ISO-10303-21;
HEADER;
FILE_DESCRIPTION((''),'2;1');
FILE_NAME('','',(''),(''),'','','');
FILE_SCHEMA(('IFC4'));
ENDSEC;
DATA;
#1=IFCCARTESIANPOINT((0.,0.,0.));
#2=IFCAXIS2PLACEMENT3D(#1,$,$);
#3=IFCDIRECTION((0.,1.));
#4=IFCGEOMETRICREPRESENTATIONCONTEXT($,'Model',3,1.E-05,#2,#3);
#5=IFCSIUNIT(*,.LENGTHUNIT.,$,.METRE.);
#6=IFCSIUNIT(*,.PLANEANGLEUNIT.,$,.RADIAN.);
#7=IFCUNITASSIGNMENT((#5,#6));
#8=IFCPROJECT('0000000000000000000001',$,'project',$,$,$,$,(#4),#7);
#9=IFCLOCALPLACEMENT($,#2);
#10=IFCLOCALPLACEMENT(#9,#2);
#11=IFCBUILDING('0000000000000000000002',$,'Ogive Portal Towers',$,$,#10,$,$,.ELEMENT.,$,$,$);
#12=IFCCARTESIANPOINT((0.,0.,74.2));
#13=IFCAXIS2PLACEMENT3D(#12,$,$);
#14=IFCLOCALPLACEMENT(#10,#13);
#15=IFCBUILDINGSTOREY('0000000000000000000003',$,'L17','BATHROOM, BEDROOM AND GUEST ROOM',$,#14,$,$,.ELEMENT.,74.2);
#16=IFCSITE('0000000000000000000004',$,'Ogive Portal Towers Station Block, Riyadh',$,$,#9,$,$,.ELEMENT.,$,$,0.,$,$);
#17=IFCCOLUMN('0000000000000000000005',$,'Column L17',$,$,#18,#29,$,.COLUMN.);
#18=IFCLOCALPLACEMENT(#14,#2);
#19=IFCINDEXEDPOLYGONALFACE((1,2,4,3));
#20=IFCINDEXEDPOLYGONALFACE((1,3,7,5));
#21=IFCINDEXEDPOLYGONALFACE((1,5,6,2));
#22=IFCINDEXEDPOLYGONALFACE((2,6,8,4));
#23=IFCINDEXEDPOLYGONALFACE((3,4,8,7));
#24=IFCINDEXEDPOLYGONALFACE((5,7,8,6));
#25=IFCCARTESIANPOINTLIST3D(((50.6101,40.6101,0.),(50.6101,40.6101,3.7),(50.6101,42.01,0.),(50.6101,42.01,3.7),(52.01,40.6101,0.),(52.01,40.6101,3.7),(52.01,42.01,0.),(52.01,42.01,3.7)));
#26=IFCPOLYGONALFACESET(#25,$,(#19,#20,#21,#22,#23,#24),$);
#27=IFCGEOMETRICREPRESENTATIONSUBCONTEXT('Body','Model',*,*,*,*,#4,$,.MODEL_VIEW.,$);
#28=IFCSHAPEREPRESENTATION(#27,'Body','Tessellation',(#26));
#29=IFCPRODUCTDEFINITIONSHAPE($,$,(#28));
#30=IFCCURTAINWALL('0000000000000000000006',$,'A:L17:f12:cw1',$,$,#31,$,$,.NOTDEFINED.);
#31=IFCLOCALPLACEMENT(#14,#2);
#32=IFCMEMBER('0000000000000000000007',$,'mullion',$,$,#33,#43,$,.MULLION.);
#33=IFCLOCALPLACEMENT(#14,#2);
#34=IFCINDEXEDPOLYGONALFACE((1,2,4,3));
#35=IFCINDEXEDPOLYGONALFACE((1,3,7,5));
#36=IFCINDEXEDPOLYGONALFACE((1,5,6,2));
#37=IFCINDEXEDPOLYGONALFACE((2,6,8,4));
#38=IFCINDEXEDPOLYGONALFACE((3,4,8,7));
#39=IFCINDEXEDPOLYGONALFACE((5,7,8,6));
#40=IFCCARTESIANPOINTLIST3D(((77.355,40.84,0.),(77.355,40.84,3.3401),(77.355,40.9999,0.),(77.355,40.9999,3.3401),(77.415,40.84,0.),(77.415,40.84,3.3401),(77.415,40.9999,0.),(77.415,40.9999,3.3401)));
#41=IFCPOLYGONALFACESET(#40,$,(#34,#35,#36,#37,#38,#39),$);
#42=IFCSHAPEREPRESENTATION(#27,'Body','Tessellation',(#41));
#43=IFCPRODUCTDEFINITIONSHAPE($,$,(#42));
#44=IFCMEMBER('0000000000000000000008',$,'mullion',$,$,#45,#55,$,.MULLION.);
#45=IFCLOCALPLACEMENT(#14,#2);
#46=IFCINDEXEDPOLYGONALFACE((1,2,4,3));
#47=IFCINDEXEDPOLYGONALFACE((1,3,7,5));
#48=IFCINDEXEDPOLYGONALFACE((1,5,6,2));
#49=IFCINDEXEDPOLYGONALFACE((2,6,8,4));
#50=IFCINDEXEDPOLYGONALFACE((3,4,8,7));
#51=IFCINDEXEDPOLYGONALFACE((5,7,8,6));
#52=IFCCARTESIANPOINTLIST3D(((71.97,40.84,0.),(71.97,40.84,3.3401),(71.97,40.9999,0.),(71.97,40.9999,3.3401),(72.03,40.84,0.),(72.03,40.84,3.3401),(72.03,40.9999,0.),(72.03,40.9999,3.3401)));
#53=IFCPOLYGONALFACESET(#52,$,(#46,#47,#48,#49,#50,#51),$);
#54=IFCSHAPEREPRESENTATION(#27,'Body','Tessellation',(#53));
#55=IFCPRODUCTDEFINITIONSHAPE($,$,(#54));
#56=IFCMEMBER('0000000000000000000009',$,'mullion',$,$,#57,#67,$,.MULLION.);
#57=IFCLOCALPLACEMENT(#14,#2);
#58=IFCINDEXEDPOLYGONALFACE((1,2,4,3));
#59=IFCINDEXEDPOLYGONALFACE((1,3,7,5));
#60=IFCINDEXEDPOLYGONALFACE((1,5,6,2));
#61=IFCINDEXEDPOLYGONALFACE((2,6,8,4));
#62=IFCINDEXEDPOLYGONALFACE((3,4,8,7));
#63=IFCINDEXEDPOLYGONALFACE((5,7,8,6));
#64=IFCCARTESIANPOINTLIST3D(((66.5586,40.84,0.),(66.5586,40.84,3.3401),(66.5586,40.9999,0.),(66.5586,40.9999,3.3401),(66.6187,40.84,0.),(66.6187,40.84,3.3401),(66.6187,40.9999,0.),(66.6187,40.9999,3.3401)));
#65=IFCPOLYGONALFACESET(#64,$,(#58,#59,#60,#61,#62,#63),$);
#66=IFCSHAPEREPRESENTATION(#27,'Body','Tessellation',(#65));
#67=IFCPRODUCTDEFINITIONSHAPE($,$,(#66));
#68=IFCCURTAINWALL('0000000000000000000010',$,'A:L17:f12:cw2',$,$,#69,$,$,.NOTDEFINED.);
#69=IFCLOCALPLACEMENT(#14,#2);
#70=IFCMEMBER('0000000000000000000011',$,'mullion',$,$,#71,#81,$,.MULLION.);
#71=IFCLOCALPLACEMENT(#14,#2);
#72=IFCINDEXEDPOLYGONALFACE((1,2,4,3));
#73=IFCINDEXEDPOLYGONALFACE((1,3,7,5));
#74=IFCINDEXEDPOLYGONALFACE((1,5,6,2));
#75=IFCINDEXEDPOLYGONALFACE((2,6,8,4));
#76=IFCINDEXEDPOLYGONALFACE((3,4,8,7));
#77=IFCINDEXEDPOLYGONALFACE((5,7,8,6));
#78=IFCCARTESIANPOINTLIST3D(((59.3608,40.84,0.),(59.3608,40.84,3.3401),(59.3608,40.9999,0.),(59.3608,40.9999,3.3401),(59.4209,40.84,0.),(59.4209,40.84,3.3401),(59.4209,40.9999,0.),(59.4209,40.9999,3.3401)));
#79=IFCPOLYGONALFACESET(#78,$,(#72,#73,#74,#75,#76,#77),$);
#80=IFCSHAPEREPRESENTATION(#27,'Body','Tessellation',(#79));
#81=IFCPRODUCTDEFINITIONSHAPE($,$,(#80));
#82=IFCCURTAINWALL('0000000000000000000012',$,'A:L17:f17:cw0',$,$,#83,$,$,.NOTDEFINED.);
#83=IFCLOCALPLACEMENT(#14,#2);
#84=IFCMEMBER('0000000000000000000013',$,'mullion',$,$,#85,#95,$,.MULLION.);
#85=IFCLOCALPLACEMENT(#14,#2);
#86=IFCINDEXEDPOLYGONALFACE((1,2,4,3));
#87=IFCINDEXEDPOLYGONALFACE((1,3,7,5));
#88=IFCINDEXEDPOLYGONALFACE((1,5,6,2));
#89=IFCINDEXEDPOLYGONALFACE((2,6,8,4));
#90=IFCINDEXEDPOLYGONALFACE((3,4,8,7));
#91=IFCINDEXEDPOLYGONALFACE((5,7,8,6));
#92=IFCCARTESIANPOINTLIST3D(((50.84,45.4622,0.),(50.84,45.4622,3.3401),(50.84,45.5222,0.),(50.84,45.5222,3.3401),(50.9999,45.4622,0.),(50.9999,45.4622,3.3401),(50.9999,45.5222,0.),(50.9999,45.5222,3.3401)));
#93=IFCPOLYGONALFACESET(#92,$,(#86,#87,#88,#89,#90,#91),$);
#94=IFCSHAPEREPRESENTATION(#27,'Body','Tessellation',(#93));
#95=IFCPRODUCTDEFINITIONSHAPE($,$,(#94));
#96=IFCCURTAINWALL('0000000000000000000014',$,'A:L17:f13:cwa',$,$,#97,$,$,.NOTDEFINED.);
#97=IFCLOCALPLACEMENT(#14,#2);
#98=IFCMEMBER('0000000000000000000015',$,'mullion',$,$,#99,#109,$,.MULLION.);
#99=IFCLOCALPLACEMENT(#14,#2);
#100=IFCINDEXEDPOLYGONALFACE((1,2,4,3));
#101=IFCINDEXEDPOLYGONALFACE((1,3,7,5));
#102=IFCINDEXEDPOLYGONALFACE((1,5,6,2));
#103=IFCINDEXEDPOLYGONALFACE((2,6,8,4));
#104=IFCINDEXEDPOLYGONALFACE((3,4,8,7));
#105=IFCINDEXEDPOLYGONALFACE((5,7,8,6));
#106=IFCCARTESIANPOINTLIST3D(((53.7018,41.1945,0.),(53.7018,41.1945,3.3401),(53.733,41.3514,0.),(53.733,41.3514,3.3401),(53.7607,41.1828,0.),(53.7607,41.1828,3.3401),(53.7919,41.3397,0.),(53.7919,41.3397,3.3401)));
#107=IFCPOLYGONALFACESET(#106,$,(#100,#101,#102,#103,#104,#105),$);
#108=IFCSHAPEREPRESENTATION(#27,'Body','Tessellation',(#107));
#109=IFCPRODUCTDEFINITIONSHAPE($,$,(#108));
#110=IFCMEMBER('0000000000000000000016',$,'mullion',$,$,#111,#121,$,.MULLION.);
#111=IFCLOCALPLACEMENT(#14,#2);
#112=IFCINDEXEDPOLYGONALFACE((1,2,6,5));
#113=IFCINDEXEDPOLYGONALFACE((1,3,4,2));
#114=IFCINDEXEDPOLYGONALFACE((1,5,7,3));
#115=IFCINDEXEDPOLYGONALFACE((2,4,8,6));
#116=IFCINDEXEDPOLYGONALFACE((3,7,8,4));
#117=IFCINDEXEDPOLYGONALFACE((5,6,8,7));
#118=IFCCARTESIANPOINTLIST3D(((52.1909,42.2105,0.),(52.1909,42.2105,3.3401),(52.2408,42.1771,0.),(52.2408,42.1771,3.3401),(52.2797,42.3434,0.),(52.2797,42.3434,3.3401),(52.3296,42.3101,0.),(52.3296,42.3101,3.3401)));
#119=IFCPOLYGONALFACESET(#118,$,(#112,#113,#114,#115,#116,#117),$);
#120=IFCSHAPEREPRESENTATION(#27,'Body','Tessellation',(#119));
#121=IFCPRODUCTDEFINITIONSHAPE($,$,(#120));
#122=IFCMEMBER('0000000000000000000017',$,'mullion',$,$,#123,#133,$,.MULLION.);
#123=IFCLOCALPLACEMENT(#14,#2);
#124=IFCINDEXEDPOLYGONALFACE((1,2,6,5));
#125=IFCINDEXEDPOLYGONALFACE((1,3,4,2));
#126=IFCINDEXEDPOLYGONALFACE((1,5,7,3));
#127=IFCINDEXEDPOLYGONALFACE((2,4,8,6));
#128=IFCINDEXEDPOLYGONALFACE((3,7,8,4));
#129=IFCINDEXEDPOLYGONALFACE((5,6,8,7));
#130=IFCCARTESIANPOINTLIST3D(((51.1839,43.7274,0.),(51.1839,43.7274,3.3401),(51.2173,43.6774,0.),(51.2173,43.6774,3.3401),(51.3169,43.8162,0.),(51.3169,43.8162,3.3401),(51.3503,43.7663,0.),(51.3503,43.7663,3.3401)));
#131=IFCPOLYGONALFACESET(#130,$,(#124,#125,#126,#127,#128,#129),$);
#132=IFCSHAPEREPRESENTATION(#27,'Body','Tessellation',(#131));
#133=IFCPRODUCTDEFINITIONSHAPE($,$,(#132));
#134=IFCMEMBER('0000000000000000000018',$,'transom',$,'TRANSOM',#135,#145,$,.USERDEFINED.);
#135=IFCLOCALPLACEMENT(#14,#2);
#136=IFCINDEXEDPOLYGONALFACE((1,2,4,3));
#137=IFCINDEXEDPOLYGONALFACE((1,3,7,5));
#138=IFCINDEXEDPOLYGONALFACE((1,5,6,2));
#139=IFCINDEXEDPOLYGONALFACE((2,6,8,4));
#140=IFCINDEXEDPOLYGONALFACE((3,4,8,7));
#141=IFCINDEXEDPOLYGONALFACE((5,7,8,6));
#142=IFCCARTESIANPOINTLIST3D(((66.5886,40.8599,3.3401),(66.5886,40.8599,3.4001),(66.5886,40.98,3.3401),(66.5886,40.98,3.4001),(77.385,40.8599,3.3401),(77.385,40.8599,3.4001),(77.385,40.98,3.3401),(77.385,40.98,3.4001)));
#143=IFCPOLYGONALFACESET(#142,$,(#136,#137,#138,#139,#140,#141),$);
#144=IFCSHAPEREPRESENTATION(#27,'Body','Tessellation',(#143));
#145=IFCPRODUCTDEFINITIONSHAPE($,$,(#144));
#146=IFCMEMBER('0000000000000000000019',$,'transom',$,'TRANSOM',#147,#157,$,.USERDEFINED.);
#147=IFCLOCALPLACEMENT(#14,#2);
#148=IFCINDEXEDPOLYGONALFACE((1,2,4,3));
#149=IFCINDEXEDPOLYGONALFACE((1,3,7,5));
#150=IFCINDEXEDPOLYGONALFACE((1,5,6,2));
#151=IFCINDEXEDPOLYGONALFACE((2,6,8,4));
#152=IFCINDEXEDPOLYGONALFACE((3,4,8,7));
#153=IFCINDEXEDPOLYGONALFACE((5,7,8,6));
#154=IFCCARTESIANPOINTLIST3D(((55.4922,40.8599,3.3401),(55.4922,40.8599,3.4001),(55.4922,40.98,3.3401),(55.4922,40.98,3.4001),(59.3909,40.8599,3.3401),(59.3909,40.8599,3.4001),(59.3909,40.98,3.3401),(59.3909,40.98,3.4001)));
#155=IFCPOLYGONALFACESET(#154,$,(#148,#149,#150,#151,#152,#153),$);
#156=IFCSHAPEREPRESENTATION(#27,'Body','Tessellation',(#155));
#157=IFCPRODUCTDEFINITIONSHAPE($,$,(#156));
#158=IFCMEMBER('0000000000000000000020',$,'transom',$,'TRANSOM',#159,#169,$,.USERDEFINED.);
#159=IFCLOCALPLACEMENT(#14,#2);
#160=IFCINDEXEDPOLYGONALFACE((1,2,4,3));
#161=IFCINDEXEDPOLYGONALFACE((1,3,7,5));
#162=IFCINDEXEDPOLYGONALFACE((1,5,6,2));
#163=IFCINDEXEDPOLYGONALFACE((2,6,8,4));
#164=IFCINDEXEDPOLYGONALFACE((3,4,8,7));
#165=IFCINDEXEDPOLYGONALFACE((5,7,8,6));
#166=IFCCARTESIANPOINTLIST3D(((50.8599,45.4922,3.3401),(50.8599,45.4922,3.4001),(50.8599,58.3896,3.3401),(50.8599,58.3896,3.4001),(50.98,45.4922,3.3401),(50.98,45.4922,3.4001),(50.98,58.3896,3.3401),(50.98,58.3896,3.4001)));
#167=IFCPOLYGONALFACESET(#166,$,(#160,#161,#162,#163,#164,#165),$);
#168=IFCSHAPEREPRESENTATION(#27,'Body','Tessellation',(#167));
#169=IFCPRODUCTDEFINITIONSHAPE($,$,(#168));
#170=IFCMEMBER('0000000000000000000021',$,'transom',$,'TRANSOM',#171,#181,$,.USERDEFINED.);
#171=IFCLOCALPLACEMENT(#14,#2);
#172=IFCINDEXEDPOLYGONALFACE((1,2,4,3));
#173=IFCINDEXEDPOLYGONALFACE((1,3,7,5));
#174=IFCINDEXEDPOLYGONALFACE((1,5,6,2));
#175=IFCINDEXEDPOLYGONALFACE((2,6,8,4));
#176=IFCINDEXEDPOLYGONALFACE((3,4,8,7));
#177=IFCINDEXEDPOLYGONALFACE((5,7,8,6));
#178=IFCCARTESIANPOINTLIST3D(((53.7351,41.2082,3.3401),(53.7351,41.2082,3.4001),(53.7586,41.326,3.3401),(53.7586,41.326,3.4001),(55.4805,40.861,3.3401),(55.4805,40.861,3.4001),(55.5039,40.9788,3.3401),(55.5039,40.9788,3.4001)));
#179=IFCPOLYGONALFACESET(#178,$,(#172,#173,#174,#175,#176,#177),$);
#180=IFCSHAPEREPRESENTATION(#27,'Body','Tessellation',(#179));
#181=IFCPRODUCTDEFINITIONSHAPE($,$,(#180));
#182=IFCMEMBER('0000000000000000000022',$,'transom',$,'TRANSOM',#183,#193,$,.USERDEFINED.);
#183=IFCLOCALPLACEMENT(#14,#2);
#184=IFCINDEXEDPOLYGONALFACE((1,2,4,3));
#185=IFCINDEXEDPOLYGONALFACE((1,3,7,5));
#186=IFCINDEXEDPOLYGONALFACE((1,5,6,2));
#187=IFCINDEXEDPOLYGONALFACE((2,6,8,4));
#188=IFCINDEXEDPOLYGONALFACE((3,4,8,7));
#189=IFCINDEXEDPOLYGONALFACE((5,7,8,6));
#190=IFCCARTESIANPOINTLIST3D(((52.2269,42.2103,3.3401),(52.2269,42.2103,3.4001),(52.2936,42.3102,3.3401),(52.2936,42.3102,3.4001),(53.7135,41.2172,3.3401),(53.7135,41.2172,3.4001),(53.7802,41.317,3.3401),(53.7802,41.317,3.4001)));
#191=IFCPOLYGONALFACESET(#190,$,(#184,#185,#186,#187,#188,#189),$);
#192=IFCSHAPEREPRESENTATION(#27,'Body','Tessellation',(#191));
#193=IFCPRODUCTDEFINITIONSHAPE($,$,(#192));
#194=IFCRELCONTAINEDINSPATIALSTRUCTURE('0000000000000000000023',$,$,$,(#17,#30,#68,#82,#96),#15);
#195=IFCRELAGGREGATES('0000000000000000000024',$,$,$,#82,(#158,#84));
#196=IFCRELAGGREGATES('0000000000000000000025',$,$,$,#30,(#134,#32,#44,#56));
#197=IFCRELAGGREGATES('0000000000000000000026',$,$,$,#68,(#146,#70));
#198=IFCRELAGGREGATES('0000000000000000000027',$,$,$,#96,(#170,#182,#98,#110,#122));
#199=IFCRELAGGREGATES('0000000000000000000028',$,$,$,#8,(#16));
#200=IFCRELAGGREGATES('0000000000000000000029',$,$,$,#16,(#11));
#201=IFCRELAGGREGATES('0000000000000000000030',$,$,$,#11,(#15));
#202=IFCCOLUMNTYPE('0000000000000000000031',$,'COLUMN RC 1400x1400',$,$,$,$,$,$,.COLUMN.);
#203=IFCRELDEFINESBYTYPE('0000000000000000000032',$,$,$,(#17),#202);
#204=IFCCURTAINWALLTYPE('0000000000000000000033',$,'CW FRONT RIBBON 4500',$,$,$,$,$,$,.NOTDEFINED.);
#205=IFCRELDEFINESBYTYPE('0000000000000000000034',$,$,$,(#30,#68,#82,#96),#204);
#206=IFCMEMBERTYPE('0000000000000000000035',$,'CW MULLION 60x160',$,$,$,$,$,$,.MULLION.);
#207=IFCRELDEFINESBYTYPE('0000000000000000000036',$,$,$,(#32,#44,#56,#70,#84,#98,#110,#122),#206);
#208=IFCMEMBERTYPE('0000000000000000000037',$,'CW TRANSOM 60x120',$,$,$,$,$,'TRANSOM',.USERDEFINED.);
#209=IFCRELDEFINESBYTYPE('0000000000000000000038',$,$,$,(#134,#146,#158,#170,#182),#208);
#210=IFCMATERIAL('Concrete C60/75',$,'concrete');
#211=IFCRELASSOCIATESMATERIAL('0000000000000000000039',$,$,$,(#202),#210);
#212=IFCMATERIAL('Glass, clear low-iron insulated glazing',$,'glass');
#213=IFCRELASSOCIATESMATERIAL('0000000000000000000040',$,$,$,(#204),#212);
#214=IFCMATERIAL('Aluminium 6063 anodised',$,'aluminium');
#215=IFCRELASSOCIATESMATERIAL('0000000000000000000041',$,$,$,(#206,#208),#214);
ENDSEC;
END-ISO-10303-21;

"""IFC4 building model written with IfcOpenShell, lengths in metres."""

from ifc_helpers import new_model, si_unit, direction, frame, origin, origin_2d, place, context, subcontext, project, spatial, rectangle, extrude, material, material_profile, profile_set, type_object, element, aggregate, save


model = new_model("IFC4")

# Units and contexts
model_context = context("Model", 3, precision=1e-05, world=origin(), true_north=direction((0.0, 1.0)))
body_context = subcontext(model_context, "Body", "Model", "MODEL_VIEW")
ifc_project = project(units=[si_unit("LENGTHUNIT", "METRE"), si_unit("PLANEANGLEUNIT", "RADIAN")], contexts=[model_context])

# Site, building, storey
site_placement = place(None, origin())
site = spatial("IfcSite", under=ifc_project, at=site_placement, Name="Ogive Portal Towers Station Block, Riyadh", CompositionType="ELEMENT", RefElevation=0.0)
building_placement = place(site_placement, origin())
building = spatial("IfcBuilding", under=site, at=building_placement, Name="Ogive Portal Towers", CompositionType="ELEMENT")
storey_placement = place(building_placement, frame((0.0, 0.0, 74.2)))
storey = spatial("IfcBuildingStorey", under=building, at=storey_placement, Name="L17", Description="BATHROOM, BEDROOM AND GUEST ROOM", CompositionType="ELEMENT", Elevation=74.2)

# Column
ifc_material_1 = material(Name="Concrete C60/75", Category="concrete")
ifc_material_profile_1 = material_profile(ifc_material_1, rectangle(XDim=1.3999, YDim=1.3999, at=origin_2d()), Name="RC 1400x1400")
ifc_profile_set_1 = profile_set([ifc_material_profile_1], Name="Concrete C60/75")
column_type = type_object("IfcColumnType", Name="COLUMN RC 1400x1400", PredefinedType="COLUMN", material=ifc_profile_set_1)
column_placement = place(storey_placement, frame((51.3101, 41.3101, 0.0), z_axis=(0.0, 0.0, 1.0), x_axis=(1.0, 0.0, 0.0)))
element("IfcColumn", 1, at=column_placement, inside=storey, type_object=column_type, Name="Column L17", PredefinedType="COLUMN", context=body_context, shape_type="SweptSolid", body=[
    extrude(rectangle(XDim=1.3999, YDim=1.3999, at=origin_2d()), origin(), (0.0, 0.0, 1.0), 3.7),
])

# Curtain wall, members
ifc_material_2 = material(Name="Glass, clear low-iron insulated glazing", Category="glass")
curtain_wall_type = type_object("IfcCurtainWallType", Name="CW FRONT RIBBON 4500", PredefinedType="NOTDEFINED", material=ifc_material_2)
curtain_wall_1_placement = place(storey_placement, origin())
curtain_wall_1 = element("IfcCurtainWall", 2, at=curtain_wall_1_placement, inside=storey, type_object=curtain_wall_type, Name="A:L17:f12:cw1", PredefinedType="NOTDEFINED")
ifc_material_3 = material(Name="Aluminium 6063 anodised", Category="aluminium")
ifc_material_profile_2 = material_profile(ifc_material_3, rectangle(XDim=0.1599, YDim=0.0601, at=origin_2d()), Name="AL 60x160")
ifc_profile_set_2 = profile_set([ifc_material_profile_2], Name="Aluminium 6063 anodised")
member_type_1 = type_object("IfcMemberType", Name="CW MULLION 60x160", PredefinedType="MULLION", material=ifc_profile_set_2)
member_1_placement = place(storey_placement, frame((77.385, 40.9199, 0.0), z_axis=(0.0, 0.0, 1.0), x_axis=(0.0, -1.0, 0.0)))
member_1 = element("IfcMember", 3, at=member_1_placement, type_object=member_type_1, Name="mullion", PredefinedType="MULLION", context=body_context, shape_type="SweptSolid", body=[
    extrude(rectangle(XDim=0.1599, YDim=0.0601, at=origin_2d()), origin(), (0.0, 0.0, 1.0), 3.3401),
])
member_2_placement = place(storey_placement, frame((72.0, 40.9199, 0.0), z_axis=(0.0, 0.0, 1.0), x_axis=(0.0, -1.0, 0.0)))
member_2 = element("IfcMember", 4, at=member_2_placement, type_object=member_type_1, Name="mullion", PredefinedType="MULLION", context=body_context, shape_type="SweptSolid", body=[
    extrude(rectangle(XDim=0.1599, YDim=0.0601, at=origin_2d()), origin(), (0.0, 0.0, 1.0), 3.3401),
])
member_3_placement = place(storey_placement, frame((66.5886, 40.9199, 0.0), z_axis=(0.0, 0.0, 1.0), x_axis=(0.0, -1.0, 0.0)))
member_3 = element("IfcMember", 5, at=member_3_placement, type_object=member_type_1, Name="mullion", PredefinedType="MULLION", context=body_context, shape_type="SweptSolid", body=[
    extrude(rectangle(XDim=0.1599, YDim=0.0601, at=origin_2d()), origin(), (0.0, 0.0, 1.0), 3.3401),
])

# Curtain walls, members
curtain_wall_2_placement = place(storey_placement, origin())
curtain_wall_2 = element("IfcCurtainWall", 6, at=curtain_wall_2_placement, inside=storey, type_object=curtain_wall_type, Name="A:L17:f12:cw2", PredefinedType="NOTDEFINED")
member_4_placement = place(storey_placement, frame((59.3909, 40.9199, 0.0), z_axis=(0.0, 0.0, 1.0), x_axis=(0.0, -1.0, 0.0)))
member_4 = element("IfcMember", 7, at=member_4_placement, type_object=member_type_1, Name="mullion", PredefinedType="MULLION", context=body_context, shape_type="SweptSolid", body=[
    extrude(rectangle(XDim=0.1599, YDim=0.0601, at=origin_2d()), origin(), (0.0, 0.0, 1.0), 3.3401),
])
curtain_wall_3_placement = place(storey_placement, origin())
curtain_wall_3 = element("IfcCurtainWall", 8, at=curtain_wall_3_placement, inside=storey, type_object=curtain_wall_type, Name="A:L17:f17:cw0", PredefinedType="NOTDEFINED")
member_5_placement = place(storey_placement, frame((50.9199, 45.4922, 0.0), z_axis=(0.0, 0.0, 1.0), x_axis=(-1.0, 0.0, 0.0)))
member_5 = element("IfcMember", 9, at=member_5_placement, type_object=member_type_1, Name="mullion", PredefinedType="MULLION", context=body_context, shape_type="SweptSolid", body=[
    extrude(rectangle(XDim=0.1599, YDim=0.0601, at=origin_2d()), origin(), (0.0, 0.0, 1.0), 3.3401),
])

# Curtain wall, members
curtain_wall_4_placement = place(storey_placement, origin())
curtain_wall_4 = element("IfcCurtainWall", 10, at=curtain_wall_4_placement, inside=storey, type_object=curtain_wall_type, Name="A:L17:f13:cwa", PredefinedType="NOTDEFINED")
member_6_placement = place(storey_placement, frame((53.7468, 41.2671, 0.0), z_axis=(0.0, 0.0, 1.0), x_axis=(-0.19509, -0.980785, 0.0)))
member_6 = element("IfcMember", 11, at=member_6_placement, type_object=member_type_1, Name="mullion", PredefinedType="MULLION", context=body_context, shape_type="SweptSolid", body=[
    extrude(rectangle(XDim=0.1599, YDim=0.0601, at=origin_2d()), origin(), (0.0, 0.0, 1.0), 3.3401),
])
member_7_placement = place(storey_placement, frame((52.2603, 42.2603, 0.0), z_axis=(0.0, 0.0, 1.0), x_axis=(-0.55557, -0.83147, 0.0)))
member_7 = element("IfcMember", 12, at=member_7_placement, type_object=member_type_1, Name="mullion", PredefinedType="MULLION", context=body_context, shape_type="SweptSolid", body=[
    extrude(rectangle(XDim=0.1599, YDim=0.0601, at=origin_2d()), origin(), (0.0, 0.0, 1.0), 3.3401),
])
member_8_placement = place(storey_placement, frame((51.2671, 43.7468, 0.0), z_axis=(0.0, 0.0, 1.0), x_axis=(-0.83147, -0.55557, 0.0)))
member_8 = element("IfcMember", 13, at=member_8_placement, type_object=member_type_1, Name="mullion", PredefinedType="MULLION", context=body_context, shape_type="SweptSolid", body=[
    extrude(rectangle(XDim=0.1599, YDim=0.0601, at=origin_2d()), origin(), (0.0, 0.0, 1.0), 3.3401),
])

# Members
ifc_material_profile_3 = material_profile(ifc_material_3, rectangle(XDim=0.1201, YDim=0.0601, at=origin_2d()), Name="AL 120x60")
ifc_profile_set_3 = profile_set([ifc_material_profile_3], Name="Aluminium 6063 anodised")
member_type_2 = type_object("IfcMemberType", Name="CW TRANSOM 60x120", ElementType="TRANSOM", PredefinedType="USERDEFINED", material=ifc_profile_set_3)
member_9_placement = place(storey_placement, frame((77.385, 40.9199, 3.3701), z_axis=(-1.0, 0.0, 0.0), x_axis=(0.0, -1.0, 0.0)))
member_9 = element("IfcMember", 14, at=member_9_placement, type_object=member_type_2, Name="transom", ObjectType="TRANSOM", PredefinedType="USERDEFINED", context=body_context, shape_type="SweptSolid", body=[
    extrude(rectangle(XDim=0.1201, YDim=0.0601, at=origin_2d()), origin(), (0.0, 0.0, 1.0), 10.7964),
])
member_10_placement = place(storey_placement, frame((59.3909, 40.9199, 3.3701), z_axis=(-1.0, 0.0, 0.0), x_axis=(0.0, -1.0, 0.0)))
member_10 = element("IfcMember", 15, at=member_10_placement, type_object=member_type_2, Name="transom", ObjectType="TRANSOM", PredefinedType="USERDEFINED", context=body_context, shape_type="SweptSolid", body=[
    extrude(rectangle(XDim=0.1201, YDim=0.0601, at=origin_2d()), origin(), (0.0, 0.0, 1.0), 3.8987),
])
member_11_placement = place(storey_placement, frame((50.9199, 45.4922, 3.3701), z_axis=(0.0, 1.0, 0.0), x_axis=(-1.0, 0.0, 0.0)))
member_11 = element("IfcMember", 16, at=member_11_placement, type_object=member_type_2, Name="transom", ObjectType="TRANSOM", PredefinedType="USERDEFINED", context=body_context, shape_type="SweptSolid", body=[
    extrude(rectangle(XDim=0.1201, YDim=0.0601, at=origin_2d()), origin(), (0.0, 0.0, 1.0), 12.8975),
])
aggregate(curtain_wall_3, [member_11, member_5])
member_12_placement = place(storey_placement, frame((55.4922, 40.9199, 3.3701), z_axis=(-0.980786, 0.195087, 0.0), x_axis=(-0.195087, -0.980786, 0.0)))
member_12 = element("IfcMember", 17, at=member_12_placement, type_object=member_type_2, Name="transom", ObjectType="TRANSOM", PredefinedType="USERDEFINED", context=body_context, shape_type="SweptSolid", body=[
    extrude(rectangle(XDim=0.1201, YDim=0.0601, at=origin_2d()), origin(), (0.0, 0.0, 1.0), 1.7795),
])
member_13_placement = place(storey_placement, frame((53.7468, 41.2671, 3.3701), z_axis=(-0.831504, 0.555519, 0.0), x_axis=(-0.555519, -0.831504, 0.0)))
member_13 = element("IfcMember", 18, at=member_13_placement, type_object=member_type_2, Name="transom", ObjectType="TRANSOM", PredefinedType="USERDEFINED", context=body_context, shape_type="SweptSolid", body=[
    extrude(rectangle(XDim=0.1201, YDim=0.0601, at=origin_2d()), origin(), (0.0, 0.0, 1.0), 1.7878),
])

aggregate(curtain_wall_1, [member_9, member_1, member_2, member_3])
aggregate(curtain_wall_2, [member_10, member_4])
aggregate(curtain_wall_4, [member_12, member_13, member_6, member_7, member_8])

save(model, "model.ifc")
